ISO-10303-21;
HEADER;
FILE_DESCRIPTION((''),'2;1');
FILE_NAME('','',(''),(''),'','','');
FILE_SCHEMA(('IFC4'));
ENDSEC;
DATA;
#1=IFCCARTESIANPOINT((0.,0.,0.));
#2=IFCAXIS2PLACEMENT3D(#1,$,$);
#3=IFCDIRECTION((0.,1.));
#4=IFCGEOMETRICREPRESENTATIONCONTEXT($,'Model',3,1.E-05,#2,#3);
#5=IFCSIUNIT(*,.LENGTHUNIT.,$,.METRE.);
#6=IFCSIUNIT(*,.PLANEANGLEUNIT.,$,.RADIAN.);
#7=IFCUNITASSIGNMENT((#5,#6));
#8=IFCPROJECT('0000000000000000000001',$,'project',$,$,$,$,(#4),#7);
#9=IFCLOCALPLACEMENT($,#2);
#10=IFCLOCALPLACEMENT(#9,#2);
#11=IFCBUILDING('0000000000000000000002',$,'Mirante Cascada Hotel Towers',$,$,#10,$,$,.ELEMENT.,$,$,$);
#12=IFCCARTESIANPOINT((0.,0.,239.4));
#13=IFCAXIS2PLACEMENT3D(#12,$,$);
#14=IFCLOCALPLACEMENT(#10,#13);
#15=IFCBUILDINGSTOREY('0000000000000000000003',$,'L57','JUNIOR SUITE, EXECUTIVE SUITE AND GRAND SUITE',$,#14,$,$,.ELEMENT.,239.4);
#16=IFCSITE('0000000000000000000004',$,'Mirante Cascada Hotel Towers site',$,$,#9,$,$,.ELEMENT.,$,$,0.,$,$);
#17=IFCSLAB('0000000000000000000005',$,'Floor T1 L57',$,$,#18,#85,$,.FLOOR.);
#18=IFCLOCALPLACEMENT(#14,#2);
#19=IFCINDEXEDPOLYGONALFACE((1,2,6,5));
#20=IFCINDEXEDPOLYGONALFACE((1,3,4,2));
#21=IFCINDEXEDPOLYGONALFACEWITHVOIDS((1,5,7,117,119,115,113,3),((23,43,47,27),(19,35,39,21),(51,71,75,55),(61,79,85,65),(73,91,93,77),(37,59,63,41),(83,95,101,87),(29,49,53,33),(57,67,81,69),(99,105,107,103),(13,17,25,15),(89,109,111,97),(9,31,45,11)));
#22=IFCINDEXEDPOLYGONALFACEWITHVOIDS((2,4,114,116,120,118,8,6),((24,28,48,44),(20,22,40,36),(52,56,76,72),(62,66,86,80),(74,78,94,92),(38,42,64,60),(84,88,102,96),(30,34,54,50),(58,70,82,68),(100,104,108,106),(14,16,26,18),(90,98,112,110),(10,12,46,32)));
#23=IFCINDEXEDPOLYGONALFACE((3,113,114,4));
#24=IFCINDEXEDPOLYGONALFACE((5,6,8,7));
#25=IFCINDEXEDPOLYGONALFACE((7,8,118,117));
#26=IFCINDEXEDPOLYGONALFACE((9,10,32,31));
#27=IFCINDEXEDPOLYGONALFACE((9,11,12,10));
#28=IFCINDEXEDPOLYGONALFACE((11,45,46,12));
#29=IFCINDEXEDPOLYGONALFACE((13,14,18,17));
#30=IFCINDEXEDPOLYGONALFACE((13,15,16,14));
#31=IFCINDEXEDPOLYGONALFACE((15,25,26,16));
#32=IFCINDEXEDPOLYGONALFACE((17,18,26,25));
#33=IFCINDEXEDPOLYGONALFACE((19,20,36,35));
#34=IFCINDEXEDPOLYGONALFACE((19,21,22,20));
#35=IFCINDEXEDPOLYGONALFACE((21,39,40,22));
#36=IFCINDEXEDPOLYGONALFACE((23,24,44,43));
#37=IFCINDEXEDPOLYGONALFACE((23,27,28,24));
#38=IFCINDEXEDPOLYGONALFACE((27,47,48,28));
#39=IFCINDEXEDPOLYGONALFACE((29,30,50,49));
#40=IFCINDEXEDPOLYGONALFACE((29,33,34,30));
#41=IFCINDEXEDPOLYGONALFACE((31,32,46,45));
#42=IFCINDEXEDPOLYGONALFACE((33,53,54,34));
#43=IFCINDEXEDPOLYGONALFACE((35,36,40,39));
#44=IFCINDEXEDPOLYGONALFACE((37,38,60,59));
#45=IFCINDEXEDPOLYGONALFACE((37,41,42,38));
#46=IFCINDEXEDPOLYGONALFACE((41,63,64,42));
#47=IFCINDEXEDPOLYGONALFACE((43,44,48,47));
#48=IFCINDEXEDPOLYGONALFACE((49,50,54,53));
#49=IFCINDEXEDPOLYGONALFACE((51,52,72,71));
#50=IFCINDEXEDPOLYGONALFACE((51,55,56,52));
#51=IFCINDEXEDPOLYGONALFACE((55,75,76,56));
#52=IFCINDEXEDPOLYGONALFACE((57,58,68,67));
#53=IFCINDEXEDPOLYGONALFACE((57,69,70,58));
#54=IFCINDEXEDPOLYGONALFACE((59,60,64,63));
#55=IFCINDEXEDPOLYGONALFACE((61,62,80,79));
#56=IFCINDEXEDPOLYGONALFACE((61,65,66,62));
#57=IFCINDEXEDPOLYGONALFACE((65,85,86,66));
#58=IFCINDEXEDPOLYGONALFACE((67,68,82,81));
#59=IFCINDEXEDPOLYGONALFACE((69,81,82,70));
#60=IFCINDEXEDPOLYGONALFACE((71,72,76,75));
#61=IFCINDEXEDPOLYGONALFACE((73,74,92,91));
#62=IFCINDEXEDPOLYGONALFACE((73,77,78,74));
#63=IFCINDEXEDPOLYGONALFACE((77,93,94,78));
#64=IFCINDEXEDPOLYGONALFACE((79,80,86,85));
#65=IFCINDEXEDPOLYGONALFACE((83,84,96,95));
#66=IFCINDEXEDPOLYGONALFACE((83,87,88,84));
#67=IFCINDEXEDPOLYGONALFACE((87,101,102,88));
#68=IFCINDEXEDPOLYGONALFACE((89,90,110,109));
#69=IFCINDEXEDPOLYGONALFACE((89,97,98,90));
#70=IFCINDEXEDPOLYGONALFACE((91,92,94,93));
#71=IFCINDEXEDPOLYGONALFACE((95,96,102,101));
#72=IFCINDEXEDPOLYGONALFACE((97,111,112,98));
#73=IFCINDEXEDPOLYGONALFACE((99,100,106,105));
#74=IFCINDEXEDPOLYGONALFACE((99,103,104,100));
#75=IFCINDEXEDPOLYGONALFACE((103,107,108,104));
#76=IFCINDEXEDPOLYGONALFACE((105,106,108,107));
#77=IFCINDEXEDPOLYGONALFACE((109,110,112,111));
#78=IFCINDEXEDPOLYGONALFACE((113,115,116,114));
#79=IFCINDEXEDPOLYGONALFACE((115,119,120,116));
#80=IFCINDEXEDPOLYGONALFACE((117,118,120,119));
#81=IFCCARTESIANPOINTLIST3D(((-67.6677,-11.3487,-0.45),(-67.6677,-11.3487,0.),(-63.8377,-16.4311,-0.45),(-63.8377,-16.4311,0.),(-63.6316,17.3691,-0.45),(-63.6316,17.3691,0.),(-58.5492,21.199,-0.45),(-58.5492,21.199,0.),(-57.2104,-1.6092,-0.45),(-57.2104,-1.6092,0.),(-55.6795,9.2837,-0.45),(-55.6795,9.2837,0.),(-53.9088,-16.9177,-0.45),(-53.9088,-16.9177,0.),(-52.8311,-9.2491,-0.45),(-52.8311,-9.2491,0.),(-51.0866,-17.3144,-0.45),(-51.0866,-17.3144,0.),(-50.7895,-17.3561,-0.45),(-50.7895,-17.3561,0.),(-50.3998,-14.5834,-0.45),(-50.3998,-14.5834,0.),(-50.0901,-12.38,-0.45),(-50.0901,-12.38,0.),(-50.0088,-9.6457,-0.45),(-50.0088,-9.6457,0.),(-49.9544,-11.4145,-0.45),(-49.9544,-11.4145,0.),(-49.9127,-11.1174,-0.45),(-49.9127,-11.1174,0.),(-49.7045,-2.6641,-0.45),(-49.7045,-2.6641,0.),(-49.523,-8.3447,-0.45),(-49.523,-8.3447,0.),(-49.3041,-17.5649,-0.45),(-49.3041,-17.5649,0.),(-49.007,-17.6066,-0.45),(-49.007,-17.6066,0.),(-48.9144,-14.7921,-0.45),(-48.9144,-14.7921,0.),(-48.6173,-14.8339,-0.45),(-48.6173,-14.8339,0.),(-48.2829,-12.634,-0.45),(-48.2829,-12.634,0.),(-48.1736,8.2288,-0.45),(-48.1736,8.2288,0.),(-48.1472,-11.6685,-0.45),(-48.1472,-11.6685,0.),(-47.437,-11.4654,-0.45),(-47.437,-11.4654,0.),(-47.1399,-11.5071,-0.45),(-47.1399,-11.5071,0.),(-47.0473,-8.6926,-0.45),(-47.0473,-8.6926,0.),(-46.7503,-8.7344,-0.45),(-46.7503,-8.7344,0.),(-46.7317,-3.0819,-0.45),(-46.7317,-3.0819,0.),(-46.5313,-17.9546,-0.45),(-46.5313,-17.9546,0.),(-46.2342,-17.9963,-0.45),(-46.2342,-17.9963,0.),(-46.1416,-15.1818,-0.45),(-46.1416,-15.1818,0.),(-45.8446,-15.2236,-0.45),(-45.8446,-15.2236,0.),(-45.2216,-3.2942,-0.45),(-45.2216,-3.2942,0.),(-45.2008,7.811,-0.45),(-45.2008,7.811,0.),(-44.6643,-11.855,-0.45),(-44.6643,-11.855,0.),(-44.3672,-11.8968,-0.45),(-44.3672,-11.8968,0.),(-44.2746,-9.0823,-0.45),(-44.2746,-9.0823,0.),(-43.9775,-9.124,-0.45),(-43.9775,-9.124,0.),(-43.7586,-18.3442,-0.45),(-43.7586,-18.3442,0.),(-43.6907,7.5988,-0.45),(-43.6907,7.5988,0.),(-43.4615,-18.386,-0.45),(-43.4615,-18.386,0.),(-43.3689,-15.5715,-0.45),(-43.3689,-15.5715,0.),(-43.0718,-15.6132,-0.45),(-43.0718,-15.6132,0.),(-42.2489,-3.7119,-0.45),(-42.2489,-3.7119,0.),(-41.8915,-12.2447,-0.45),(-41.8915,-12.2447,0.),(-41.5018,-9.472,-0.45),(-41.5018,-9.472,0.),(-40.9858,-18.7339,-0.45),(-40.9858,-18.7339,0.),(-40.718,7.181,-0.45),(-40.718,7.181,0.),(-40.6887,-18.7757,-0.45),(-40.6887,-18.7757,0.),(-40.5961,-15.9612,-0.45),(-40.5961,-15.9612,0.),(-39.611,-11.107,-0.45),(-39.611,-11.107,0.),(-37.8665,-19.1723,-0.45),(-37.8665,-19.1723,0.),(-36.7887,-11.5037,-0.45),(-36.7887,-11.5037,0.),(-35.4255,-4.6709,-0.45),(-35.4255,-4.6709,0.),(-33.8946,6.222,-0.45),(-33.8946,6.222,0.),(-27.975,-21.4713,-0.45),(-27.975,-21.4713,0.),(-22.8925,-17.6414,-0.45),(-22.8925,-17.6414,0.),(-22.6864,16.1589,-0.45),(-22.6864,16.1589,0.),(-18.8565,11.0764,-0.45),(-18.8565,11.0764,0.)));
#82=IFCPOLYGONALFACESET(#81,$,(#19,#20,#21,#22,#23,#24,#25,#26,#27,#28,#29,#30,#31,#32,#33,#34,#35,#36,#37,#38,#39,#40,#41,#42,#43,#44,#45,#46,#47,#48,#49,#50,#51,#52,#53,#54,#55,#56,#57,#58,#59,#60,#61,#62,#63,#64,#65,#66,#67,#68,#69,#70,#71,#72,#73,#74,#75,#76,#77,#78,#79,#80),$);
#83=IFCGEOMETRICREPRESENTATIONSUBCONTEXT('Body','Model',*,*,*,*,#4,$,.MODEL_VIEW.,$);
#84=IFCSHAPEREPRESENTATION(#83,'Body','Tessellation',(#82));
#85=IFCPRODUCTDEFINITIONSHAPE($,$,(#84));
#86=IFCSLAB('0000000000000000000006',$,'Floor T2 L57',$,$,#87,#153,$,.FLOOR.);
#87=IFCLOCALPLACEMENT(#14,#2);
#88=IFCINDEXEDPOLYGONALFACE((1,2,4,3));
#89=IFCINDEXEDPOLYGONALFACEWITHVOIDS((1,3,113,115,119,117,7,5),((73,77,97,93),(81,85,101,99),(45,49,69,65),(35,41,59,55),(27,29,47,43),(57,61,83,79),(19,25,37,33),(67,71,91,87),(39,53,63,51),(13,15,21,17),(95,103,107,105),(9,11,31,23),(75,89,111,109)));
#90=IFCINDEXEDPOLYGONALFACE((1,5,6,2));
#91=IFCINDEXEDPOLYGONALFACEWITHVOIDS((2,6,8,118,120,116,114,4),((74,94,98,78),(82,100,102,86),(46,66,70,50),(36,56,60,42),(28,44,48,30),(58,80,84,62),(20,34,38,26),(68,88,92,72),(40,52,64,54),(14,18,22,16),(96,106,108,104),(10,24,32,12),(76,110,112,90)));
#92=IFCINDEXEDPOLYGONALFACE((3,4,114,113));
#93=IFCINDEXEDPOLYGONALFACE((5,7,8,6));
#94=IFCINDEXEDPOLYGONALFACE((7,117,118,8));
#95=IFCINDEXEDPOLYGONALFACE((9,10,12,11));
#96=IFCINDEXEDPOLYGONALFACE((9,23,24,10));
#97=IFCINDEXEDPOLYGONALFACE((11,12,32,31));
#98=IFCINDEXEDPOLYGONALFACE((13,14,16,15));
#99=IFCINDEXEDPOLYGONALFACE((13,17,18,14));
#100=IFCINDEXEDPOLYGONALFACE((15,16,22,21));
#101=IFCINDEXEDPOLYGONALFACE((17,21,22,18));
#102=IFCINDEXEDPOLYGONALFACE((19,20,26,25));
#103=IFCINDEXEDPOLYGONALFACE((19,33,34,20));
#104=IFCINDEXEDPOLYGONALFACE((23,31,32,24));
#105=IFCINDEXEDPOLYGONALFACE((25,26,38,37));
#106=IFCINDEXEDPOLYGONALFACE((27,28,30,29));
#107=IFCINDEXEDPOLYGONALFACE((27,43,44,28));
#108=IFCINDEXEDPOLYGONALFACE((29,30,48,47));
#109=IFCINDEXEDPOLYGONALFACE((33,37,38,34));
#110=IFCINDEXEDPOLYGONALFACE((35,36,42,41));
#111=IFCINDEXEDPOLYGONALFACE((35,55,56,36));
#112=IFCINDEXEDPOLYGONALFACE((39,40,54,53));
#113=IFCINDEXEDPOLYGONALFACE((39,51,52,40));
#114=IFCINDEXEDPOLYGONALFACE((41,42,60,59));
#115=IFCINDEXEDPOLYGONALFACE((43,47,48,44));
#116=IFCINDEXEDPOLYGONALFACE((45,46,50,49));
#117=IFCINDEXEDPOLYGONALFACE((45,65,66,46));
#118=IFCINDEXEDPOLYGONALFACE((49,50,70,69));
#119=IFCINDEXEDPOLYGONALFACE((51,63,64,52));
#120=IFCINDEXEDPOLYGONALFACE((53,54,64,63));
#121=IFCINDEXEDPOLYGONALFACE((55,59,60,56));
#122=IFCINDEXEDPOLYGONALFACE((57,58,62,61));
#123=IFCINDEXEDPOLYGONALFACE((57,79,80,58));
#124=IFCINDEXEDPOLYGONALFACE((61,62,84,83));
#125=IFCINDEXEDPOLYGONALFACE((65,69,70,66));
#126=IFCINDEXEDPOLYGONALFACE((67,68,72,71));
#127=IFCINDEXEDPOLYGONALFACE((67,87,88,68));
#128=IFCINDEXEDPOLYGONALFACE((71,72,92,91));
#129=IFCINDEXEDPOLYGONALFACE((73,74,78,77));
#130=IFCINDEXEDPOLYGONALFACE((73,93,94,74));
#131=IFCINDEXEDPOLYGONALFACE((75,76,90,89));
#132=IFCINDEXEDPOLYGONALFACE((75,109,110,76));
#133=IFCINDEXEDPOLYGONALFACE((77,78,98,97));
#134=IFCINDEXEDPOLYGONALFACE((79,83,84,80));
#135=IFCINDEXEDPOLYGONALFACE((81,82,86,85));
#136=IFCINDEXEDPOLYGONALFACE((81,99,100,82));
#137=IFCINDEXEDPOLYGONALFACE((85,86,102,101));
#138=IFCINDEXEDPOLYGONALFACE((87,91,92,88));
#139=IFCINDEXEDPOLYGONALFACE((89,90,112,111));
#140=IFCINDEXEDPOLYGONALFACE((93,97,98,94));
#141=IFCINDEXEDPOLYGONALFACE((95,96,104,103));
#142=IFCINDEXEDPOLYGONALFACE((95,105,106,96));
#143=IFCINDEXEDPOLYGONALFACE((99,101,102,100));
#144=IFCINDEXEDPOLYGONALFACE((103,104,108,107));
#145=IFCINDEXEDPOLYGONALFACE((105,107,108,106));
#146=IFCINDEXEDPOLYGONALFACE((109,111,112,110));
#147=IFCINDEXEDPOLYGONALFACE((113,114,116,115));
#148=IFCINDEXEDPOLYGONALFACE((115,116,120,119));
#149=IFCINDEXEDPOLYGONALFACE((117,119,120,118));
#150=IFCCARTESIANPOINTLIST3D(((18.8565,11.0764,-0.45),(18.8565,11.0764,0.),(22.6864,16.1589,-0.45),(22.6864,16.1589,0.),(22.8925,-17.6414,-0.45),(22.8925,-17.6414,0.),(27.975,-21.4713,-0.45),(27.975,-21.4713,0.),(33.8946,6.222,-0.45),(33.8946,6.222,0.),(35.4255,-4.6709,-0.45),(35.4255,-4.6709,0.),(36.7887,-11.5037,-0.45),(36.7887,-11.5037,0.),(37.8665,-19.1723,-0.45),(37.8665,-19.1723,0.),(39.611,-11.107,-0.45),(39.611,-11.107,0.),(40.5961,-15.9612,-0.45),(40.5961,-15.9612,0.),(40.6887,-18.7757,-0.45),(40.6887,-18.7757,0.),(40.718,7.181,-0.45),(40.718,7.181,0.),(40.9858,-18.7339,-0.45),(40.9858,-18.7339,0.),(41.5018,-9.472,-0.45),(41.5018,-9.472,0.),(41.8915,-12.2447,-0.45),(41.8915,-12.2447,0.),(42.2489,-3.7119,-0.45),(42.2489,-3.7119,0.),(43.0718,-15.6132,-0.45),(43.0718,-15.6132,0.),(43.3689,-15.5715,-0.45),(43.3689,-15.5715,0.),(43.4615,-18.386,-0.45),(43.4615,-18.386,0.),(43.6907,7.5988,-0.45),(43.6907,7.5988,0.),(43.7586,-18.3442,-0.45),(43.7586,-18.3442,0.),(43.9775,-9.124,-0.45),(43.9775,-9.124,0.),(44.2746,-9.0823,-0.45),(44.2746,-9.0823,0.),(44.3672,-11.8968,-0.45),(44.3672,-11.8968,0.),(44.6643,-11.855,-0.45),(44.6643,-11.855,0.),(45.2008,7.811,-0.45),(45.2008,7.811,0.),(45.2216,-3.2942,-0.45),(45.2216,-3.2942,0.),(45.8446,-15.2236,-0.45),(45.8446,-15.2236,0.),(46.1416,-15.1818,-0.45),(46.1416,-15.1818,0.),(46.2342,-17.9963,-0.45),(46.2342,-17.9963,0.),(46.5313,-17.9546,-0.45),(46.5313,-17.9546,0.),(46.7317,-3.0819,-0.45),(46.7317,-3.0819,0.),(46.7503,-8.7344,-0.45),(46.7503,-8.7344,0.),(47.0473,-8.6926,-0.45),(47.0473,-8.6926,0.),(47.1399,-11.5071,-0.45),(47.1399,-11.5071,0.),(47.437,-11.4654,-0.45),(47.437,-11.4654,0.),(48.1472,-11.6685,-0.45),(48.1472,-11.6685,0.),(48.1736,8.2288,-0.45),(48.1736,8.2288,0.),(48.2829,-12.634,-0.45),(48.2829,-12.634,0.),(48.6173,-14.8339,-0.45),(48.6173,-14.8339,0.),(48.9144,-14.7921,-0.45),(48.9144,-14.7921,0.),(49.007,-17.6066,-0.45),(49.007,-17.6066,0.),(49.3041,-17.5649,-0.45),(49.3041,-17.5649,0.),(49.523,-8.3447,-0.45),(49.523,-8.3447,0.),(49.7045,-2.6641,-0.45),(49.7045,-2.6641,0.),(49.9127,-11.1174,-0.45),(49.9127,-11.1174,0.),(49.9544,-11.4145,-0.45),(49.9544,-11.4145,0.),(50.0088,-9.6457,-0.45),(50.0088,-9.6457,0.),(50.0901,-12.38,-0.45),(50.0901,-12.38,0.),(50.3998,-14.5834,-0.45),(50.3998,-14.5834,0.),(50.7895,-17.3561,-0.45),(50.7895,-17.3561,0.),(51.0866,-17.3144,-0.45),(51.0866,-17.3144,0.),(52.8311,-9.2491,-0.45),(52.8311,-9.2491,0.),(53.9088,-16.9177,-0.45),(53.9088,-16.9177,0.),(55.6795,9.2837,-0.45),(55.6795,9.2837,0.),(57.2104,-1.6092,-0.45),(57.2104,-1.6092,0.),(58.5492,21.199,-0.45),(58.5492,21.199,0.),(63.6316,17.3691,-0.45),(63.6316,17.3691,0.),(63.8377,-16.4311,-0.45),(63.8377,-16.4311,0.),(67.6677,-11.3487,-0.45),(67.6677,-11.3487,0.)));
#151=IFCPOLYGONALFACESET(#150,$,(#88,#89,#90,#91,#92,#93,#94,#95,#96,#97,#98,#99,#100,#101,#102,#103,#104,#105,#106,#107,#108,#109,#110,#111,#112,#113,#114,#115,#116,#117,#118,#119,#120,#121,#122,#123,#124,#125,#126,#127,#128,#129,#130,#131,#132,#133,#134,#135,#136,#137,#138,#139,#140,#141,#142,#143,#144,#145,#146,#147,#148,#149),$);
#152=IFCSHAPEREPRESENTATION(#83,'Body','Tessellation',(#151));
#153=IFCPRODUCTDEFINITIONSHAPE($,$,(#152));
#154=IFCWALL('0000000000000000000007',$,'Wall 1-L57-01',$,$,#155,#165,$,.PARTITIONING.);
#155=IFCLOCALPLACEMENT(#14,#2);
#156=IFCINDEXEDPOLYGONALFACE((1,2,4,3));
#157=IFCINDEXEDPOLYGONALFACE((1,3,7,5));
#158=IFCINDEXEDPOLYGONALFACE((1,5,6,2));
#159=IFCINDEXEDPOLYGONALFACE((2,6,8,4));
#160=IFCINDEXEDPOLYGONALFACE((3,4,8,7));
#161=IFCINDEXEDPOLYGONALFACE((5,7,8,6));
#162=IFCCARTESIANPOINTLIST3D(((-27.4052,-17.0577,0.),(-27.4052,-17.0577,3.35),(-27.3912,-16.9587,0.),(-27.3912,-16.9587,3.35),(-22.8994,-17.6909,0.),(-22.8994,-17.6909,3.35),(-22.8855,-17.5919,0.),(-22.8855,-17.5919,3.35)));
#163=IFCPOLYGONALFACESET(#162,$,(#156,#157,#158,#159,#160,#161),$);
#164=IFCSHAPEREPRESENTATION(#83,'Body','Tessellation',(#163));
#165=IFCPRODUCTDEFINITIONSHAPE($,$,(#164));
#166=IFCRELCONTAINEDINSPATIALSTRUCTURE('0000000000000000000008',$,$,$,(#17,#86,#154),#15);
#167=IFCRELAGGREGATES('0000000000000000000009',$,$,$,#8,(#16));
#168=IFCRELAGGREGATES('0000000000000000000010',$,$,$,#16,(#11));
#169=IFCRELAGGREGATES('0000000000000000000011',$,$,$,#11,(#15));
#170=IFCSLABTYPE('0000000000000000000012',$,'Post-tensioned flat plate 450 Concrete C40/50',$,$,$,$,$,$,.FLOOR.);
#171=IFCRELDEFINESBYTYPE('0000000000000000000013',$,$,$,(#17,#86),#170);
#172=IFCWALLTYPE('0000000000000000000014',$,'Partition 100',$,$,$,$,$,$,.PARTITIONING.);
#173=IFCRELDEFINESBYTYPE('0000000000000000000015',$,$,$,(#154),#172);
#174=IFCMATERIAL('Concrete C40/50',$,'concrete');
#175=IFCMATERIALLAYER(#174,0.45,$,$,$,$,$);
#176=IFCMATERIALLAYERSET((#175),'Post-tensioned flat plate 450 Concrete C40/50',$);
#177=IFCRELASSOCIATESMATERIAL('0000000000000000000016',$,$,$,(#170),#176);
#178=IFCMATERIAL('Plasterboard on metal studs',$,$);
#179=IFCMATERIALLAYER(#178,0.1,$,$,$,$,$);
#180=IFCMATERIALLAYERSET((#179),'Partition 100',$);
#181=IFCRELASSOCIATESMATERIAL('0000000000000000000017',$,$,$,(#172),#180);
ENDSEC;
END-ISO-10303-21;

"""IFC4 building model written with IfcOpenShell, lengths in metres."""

from ifc_helpers import new_model, si_unit, direction, frame, frame_2d, origin, place, context, subcontext, project, spatial, polyline, rectangle, outline, extrude, material, layer, layer_set, type_object, element, save


model = new_model("IFC4")

# Units and contexts
model_context = context("Model", 3, precision=1e-05, world=origin(), true_north=direction((0.0, 1.0)))
body_context = subcontext(model_context, "Body", "Model", "MODEL_VIEW")
ifc_project = project(units=[si_unit("LENGTHUNIT", "METRE"), si_unit("PLANEANGLEUNIT", "RADIAN")], contexts=[model_context])

# Site, building, storey
site_placement = place(None, origin())
site = spatial("IfcSite", under=ifc_project, at=site_placement, Name="Mirante Cascada Hotel Towers site", CompositionType="ELEMENT", RefElevation=0.0)
building_placement = place(site_placement, origin())
building = spatial("IfcBuilding", under=site, at=building_placement, Name="Mirante Cascada Hotel Towers", CompositionType="ELEMENT")
storey_placement = place(building_placement, frame((0.0, 0.0, 239.4)))
storey = spatial("IfcBuildingStorey", under=building, at=storey_placement, Name="L57", Description="JUNIOR SUITE, EXECUTIVE SUITE AND GRAND SUITE", CompositionType="ELEMENT", Elevation=239.4)

# Slabs
ifc_material_1 = material(Name="Concrete C40/50", Category="concrete")
ifc_layer_1 = layer(ifc_material_1, 0.45)
ifc_layer_set_1 = layer_set([ifc_layer_1], Name="Post-tensioned flat plate 450 Concrete C40/50")
slab_type = type_object("IfcSlabType", Name="Post-tensioned flat plate 450 Concrete C40/50", PredefinedType="FLOOR", material=ifc_layer_set_1)
slab_1_placement = place(storey_placement, frame((0.0, 0.0, -0.45)))
element("IfcSlab", 1, at=slab_1_placement, inside=storey, type_object=slab_type, Name="Floor T1 L57", PredefinedType="FLOOR", context=body_context, shape_type="SweptSolid", body=[
    extrude(outline(polyline([(-22.8925, -17.6414), (-18.8565, 11.0764), (-22.6864, 16.1589), (-58.5492, 21.199), (-63.6316, 17.3691), (-67.6677, -11.3487), (-63.8377, -16.4311), (-27.975, -21.4713), (-22.8925, -17.6414)]), holes=[polyline([(-40.5961, -15.9612), (-40.9858, -18.7339), (-43.4615, -18.386), (-43.0718, -15.6132), (-40.5961, -15.9612)]), polyline([(-43.3689, -15.5715), (-43.7586, -18.3442), (-46.2342, -17.9963), (-45.8446, -15.2236), (-43.3689, -15.5715)]), polyline([(-46.1416, -15.1818), (-46.5313, -17.9546), (-49.007, -17.6066), (-48.6173, -14.8339), (-46.1416, -15.1818)]), polyline([(-36.7887, -11.5037), (-37.8665, -19.1723), (-40.6887, -18.7757), (-39.611, -11.107), (-36.7887, -11.5037)]), polyline([(-43.9775, -9.124), (-41.5018, -9.472), (-41.8915, -12.2447), (-44.3672, -11.8968), (-43.9775, -9.124)]), polyline([(-44.2746, -9.0823), (-44.6643, -11.855), (-47.1399, -11.5071), (-46.7503, -8.7344), (-44.2746, -9.0823)]), polyline([(-50.3998, -14.5834), (-48.9144, -14.7921), (-49.3041, -17.5649), (-50.7895, -17.3561), (-50.3998, -14.5834)]), polyline([(-50.0088, -9.6457), (-51.0866, -17.3144), (-53.9088, -16.9177), (-52.8311, -9.2491), (-50.0088, -9.6457)]), polyline([(-48.1472, -11.6685), (-48.2829, -12.634), (-50.0901, -12.38), (-49.9544, -11.4145), (-48.1472, -11.6685)]), polyline([(-49.523, -8.3447), (-47.0473, -8.6926), (-47.437, -11.4654), (-49.9127, -11.1174), (-49.523, -8.3447)]), polyline([(-48.1736, 8.2288), (-49.7045, -2.6641), (-49.7045, -2.6641), (-57.2104, -1.6092), (-55.6795, 9.2837), (-48.1736, 8.2288)]), polyline([(-43.6907, 7.5988), (-45.2216, -3.2942), (-46.7317, -3.0819), (-45.2008, 7.811), (-43.6907, 7.5988)]), polyline([(-33.8946, 6.222), (-35.4255, -4.6709), (-42.2489, -3.7119), (-40.718, 7.181), (-33.8946, 6.222)])]), origin(), (0.0, 0.0, 1.0), 0.45),
])
slab_2_placement = place(storey_placement, frame((0.0, 0.0, -0.45)))
element("IfcSlab", 2, at=slab_2_placement, inside=storey, type_object=slab_type, Name="Floor T2 L57", PredefinedType="FLOOR", context=body_context, shape_type="SweptSolid", body=[
    extrude(outline(polyline([(22.8925, -17.6414), (18.8565, 11.0764), (22.6864, 16.1589), (58.5492, 21.199), (63.6316, 17.3691), (67.6677, -11.3487), (63.8377, -16.4311), (27.975, -21.4713), (22.8925, -17.6414)]), holes=[polyline([(40.5961, -15.9612), (40.9858, -18.7339), (43.4615, -18.386), (43.0718, -15.6132), (40.5961, -15.9612)]), polyline([(43.3689, -15.5715), (43.7586, -18.3442), (46.2342, -17.9963), (45.8446, -15.2236), (43.3689, -15.5715)]), polyline([(46.1416, -15.1818), (46.5313, -17.9546), (49.007, -17.6066), (48.6173, -14.8339), (46.1416, -15.1818)]), polyline([(37.8665, -19.1723), (40.6887, -18.7757), (39.611, -11.107), (36.7887, -11.5037), (37.8665, -19.1723)]), polyline([(43.9775, -9.124), (41.5018, -9.472), (41.8915, -12.2447), (44.3672, -11.8968), (43.9775, -9.124)]), polyline([(44.2746, -9.0823), (44.6643, -11.855), (47.1399, -11.5071), (46.7503, -8.7344), (44.2746, -9.0823)]), polyline([(50.3998, -14.5834), (48.9144, -14.7921), (49.3041, -17.5649), (50.7895, -17.3561), (50.3998, -14.5834)]), polyline([(51.0866, -17.3144), (53.9088, -16.9177), (52.8311, -9.2491), (50.0088, -9.6457), (51.0866, -17.3144)]), polyline([(48.1472, -11.6685), (48.2829, -12.634), (50.0901, -12.38), (49.9544, -11.4145), (48.1472, -11.6685)]), polyline([(49.523, -8.3447), (47.0473, -8.6926), (47.437, -11.4654), (49.9127, -11.1174), (49.523, -8.3447)]), polyline([(55.6795, 9.2837), (57.2104, -1.6092), (49.7045, -2.6641), (49.7045, -2.6641), (48.1736, 8.2288), (55.6795, 9.2837)]), polyline([(45.2008, 7.811), (46.7317, -3.0819), (45.2216, -3.2942), (43.6907, 7.5988), (45.2008, 7.811)]), polyline([(40.718, 7.181), (42.2489, -3.7119), (35.4255, -4.6709), (33.8946, 6.222), (40.718, 7.181)])]), origin(), (0.0, 0.0, 1.0), 0.45),
])

# Wall
ifc_material_2 = material(Name="Plasterboard on metal studs")
ifc_layer_2 = layer(ifc_material_2, 0.1)
ifc_layer_set_2 = layer_set([ifc_layer_2], Name="Partition 100")
wall_type_1 = type_object("IfcWallType", Name="Partition 100", PredefinedType="PARTITIONING", material=ifc_layer_set_2)
wall_1_placement = place(storey_placement, frame((-27.3982, -17.0082, 0.0), z_axis=(0.0, 0.0, 1.0), x_axis=(0.990269, -0.139166, 0.0)))
element("IfcWall", 3, at=wall_1_placement, inside=storey, type_object=wall_type_1, Name="Wall 1-L57-01", PredefinedType="PARTITIONING", context=body_context, shape_type="SweptSolid", body=[
    extrude(rectangle(XDim=4.55, YDim=0.1, at=frame_2d((2.275, 0.0))), origin(), (0.0, 0.0, 1.0), 3.35),
])

save(model, "model.ifc")
